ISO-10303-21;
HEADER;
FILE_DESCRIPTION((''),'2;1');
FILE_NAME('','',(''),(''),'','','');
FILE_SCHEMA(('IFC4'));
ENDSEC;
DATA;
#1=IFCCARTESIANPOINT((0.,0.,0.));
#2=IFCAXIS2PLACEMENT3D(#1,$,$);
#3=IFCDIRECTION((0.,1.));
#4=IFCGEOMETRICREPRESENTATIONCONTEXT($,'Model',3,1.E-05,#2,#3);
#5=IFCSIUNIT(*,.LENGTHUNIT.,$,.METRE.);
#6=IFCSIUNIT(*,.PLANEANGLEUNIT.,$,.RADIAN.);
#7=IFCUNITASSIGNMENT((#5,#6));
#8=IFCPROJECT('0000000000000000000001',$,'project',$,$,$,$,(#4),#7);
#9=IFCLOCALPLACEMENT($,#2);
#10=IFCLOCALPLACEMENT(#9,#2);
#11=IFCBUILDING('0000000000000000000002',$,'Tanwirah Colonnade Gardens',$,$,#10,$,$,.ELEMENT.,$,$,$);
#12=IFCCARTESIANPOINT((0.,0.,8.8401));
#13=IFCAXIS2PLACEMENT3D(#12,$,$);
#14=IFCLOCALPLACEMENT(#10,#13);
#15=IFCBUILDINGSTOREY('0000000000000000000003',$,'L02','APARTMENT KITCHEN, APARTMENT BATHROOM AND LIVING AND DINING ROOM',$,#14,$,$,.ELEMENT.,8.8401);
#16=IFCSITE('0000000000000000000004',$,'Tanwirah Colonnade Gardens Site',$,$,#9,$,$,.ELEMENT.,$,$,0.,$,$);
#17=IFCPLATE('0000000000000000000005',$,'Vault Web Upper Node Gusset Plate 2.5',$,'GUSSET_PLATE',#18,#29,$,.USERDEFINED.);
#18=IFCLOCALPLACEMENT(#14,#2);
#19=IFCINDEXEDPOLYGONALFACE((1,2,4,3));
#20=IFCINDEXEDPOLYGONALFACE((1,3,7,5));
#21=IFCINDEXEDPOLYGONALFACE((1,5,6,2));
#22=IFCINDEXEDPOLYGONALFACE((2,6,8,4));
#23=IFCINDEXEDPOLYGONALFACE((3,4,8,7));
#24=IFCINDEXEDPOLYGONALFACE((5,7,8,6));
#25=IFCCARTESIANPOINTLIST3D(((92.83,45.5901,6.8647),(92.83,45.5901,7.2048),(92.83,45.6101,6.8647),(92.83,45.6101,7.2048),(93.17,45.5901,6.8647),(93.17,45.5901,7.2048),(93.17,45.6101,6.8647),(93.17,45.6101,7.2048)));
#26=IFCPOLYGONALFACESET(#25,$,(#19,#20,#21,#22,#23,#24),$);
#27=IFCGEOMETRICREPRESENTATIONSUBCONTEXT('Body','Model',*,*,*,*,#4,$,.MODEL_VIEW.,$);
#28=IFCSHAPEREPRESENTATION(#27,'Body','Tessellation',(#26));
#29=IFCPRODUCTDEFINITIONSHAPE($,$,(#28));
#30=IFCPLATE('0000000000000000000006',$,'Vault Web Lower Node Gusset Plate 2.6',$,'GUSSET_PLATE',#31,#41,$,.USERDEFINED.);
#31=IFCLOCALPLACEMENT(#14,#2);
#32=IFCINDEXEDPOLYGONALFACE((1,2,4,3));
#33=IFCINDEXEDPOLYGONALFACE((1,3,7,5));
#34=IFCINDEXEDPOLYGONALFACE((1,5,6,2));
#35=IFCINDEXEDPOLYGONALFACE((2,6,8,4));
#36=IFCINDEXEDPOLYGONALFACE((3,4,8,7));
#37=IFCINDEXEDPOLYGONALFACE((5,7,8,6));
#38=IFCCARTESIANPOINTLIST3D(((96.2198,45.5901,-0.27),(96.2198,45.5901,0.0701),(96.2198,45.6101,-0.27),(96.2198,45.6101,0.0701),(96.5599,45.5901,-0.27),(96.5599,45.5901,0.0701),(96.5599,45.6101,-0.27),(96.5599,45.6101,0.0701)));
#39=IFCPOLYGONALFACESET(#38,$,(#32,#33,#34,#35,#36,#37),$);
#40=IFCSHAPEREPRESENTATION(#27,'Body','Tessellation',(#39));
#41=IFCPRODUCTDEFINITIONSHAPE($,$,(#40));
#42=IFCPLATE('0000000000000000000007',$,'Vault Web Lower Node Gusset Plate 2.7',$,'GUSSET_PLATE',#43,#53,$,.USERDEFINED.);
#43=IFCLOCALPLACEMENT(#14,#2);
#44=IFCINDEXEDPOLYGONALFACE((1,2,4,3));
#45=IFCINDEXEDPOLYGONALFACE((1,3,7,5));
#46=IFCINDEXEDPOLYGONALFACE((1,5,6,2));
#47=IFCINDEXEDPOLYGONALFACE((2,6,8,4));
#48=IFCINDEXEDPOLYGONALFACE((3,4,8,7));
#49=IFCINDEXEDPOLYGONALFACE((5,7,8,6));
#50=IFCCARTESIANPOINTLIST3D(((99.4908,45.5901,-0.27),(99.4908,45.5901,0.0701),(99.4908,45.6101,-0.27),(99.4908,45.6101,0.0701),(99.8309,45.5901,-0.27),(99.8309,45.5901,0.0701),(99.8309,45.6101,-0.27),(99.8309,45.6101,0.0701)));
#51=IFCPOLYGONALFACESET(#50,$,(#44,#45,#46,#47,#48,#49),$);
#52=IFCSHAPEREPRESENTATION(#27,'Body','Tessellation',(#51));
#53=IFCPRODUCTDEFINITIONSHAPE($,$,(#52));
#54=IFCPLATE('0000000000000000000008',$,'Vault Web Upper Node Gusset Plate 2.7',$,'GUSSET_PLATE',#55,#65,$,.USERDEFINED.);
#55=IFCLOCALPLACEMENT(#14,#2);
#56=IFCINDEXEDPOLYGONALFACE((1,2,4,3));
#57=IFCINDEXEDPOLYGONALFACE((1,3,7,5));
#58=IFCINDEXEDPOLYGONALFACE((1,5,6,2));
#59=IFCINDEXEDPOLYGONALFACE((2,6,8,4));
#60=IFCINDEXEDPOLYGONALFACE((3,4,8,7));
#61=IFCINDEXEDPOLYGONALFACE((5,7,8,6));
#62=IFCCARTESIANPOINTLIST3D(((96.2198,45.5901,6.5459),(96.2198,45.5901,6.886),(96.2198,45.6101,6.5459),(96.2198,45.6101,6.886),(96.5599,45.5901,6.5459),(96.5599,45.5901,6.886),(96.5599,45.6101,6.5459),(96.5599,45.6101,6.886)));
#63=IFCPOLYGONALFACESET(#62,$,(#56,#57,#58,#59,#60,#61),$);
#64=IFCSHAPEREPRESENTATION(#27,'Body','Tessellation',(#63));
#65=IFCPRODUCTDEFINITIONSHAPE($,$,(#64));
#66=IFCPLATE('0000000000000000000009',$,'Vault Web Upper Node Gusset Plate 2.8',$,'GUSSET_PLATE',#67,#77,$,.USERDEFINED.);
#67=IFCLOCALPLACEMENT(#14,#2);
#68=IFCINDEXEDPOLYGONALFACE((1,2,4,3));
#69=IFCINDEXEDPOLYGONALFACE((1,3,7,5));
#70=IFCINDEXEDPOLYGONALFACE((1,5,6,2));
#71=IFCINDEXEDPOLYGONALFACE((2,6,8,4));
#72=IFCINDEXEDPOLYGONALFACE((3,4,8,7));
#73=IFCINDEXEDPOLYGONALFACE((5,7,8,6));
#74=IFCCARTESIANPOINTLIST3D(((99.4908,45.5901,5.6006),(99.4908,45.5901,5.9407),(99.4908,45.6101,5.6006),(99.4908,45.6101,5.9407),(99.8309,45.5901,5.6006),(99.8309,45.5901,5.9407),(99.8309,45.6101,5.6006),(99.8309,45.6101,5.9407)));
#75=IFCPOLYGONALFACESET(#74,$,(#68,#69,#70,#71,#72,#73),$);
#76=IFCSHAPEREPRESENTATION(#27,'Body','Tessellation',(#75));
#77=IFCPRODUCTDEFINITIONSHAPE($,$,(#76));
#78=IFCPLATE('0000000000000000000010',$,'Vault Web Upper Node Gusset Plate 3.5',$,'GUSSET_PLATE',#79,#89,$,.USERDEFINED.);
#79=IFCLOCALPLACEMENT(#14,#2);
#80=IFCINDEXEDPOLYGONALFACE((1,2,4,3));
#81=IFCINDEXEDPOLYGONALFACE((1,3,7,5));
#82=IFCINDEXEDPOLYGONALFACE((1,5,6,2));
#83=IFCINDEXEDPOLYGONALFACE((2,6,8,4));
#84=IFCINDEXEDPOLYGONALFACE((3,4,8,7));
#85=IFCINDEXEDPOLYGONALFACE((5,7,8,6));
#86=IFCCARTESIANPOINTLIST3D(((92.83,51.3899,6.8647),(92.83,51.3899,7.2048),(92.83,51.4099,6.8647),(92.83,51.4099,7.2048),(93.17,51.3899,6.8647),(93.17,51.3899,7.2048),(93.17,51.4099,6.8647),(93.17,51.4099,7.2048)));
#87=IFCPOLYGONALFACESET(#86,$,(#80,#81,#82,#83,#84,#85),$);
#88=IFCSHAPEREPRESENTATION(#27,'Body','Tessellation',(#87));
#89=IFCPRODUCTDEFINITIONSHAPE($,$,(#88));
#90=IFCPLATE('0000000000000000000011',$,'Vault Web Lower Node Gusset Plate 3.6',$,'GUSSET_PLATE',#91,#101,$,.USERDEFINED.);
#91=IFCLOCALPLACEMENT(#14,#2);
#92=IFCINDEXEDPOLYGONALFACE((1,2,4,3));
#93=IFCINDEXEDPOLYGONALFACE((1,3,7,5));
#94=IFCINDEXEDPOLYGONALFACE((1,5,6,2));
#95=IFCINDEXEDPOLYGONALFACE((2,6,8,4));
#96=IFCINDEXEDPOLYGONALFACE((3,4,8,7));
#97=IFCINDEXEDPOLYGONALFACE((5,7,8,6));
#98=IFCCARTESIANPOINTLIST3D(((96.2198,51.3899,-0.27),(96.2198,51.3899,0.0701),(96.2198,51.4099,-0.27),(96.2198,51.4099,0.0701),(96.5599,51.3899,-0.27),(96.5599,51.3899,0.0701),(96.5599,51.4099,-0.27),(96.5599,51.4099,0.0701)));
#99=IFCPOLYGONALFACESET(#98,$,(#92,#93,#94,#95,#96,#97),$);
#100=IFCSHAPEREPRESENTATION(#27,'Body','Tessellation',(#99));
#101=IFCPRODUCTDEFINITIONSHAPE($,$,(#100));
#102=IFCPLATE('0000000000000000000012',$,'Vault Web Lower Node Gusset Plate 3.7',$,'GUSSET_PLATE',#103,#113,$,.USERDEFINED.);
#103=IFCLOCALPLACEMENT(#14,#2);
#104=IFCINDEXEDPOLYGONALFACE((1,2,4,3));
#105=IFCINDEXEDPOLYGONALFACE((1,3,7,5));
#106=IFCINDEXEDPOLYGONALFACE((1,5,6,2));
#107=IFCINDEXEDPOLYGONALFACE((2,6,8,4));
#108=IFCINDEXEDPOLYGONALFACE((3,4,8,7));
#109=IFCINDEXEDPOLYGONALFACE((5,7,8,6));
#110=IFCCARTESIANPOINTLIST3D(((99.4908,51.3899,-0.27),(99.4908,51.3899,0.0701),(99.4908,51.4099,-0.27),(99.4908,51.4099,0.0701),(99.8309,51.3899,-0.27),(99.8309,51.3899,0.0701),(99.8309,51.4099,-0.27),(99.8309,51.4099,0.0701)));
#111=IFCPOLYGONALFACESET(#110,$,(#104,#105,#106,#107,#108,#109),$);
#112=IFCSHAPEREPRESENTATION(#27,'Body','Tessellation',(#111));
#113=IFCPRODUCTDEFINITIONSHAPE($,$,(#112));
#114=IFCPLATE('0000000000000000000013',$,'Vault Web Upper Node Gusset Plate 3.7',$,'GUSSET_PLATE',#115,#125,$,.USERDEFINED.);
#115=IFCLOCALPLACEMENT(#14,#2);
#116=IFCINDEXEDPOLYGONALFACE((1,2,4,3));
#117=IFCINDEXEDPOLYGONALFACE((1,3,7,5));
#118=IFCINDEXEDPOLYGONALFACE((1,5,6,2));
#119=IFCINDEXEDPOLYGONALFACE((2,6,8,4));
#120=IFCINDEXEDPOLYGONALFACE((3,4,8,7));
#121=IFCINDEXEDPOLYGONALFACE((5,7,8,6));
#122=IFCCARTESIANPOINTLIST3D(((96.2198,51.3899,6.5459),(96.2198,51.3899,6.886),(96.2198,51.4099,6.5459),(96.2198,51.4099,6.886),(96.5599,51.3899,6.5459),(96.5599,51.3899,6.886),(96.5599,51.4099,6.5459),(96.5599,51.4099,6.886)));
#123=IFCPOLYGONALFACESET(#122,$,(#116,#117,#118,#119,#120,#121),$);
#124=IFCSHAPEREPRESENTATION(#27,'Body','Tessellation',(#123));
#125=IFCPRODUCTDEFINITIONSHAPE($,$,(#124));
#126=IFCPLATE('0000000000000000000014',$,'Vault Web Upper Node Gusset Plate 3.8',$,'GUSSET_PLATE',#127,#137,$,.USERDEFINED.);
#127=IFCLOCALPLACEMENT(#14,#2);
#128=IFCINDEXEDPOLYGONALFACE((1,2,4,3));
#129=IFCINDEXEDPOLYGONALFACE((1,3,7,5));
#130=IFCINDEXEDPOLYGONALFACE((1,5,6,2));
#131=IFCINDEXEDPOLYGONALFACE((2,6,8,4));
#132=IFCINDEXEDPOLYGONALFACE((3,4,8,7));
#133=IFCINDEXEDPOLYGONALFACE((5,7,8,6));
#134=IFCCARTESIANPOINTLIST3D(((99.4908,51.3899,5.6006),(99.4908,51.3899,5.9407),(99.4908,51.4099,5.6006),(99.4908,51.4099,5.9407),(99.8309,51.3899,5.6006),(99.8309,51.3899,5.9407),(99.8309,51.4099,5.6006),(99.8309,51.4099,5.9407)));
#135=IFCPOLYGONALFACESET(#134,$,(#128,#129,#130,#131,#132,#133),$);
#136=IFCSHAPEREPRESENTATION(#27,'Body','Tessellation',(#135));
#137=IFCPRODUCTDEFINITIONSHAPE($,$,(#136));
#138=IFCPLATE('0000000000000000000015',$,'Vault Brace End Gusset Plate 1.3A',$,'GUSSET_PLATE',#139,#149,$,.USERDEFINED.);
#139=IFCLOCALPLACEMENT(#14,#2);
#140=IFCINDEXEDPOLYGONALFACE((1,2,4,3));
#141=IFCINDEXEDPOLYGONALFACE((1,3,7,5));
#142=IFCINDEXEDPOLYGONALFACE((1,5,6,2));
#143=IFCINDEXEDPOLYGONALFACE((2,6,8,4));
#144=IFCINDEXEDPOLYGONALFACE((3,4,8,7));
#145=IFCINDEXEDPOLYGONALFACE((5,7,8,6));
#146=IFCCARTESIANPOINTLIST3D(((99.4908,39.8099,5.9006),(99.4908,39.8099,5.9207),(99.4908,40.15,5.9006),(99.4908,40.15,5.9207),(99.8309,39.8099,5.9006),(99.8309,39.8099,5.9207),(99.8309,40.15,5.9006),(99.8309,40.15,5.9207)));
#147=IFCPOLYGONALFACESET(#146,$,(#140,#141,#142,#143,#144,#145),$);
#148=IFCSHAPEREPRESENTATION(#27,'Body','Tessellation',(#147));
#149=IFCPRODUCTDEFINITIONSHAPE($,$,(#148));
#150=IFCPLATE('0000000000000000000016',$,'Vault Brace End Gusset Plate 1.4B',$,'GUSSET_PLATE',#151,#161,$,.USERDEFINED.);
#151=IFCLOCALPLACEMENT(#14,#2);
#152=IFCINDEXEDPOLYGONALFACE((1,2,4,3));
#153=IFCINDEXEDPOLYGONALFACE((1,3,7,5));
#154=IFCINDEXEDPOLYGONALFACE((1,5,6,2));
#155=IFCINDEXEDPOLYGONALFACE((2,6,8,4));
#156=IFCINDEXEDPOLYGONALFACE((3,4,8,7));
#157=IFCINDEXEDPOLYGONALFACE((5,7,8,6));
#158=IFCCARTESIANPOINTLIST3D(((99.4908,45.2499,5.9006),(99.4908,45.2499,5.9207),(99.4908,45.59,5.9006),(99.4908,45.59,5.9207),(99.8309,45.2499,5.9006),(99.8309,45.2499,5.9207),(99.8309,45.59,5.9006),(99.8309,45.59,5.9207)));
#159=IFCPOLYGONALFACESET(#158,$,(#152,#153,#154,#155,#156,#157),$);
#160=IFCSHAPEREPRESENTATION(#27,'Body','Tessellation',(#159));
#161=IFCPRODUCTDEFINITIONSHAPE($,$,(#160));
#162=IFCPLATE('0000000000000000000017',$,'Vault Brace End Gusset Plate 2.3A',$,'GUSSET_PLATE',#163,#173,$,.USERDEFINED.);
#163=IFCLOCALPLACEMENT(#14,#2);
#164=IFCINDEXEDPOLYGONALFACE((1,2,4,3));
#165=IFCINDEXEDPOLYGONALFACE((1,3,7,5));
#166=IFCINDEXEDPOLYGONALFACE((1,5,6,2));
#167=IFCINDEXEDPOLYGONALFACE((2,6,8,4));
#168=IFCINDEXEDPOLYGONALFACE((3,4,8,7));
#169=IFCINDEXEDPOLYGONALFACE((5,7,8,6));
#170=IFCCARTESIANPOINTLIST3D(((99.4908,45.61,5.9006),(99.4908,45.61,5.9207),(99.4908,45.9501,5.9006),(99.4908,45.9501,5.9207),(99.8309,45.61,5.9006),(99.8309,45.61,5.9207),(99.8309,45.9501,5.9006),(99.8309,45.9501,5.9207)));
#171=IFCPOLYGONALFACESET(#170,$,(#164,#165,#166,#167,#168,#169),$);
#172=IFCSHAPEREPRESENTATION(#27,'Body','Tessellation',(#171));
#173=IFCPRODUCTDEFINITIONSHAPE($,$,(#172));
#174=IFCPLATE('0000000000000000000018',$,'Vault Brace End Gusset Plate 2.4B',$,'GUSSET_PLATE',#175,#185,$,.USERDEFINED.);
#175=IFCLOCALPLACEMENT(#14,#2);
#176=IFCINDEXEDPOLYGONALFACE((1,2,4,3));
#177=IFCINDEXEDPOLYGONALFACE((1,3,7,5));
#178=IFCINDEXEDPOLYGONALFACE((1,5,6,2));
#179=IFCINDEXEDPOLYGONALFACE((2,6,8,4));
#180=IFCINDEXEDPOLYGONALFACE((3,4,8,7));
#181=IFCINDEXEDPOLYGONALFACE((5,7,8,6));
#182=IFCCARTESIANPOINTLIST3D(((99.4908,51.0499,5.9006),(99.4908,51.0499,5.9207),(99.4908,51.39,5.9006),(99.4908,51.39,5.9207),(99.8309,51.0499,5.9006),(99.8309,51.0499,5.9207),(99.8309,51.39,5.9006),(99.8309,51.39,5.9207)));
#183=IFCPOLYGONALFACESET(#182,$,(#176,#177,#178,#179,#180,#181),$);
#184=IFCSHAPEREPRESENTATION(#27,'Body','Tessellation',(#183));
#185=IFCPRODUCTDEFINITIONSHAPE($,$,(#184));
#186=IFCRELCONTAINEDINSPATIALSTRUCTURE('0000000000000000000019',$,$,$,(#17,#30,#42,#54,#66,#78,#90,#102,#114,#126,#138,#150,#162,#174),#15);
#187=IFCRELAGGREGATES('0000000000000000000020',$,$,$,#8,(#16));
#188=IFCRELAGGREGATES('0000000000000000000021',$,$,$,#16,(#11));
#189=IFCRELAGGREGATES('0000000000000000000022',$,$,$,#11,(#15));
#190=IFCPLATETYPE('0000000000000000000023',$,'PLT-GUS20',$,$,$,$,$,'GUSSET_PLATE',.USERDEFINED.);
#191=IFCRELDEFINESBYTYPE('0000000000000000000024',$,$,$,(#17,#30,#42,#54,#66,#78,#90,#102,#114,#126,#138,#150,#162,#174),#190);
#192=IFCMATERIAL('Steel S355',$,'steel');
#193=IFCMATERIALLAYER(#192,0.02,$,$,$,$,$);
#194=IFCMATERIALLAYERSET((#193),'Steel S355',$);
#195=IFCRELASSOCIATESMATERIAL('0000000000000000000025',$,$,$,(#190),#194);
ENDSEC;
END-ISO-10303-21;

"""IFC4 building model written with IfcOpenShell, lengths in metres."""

from ifc_helpers import new_model, si_unit, direction, frame, origin, origin_2d, place, context, subcontext, project, spatial, rectangle, extrude, material, layer, layer_set, type_object, element, save


model = new_model("IFC4")

# Units and contexts
model_context = context("Model", 3, precision=1e-05, world=origin(), true_north=direction((0.0, 1.0)))
body_context = subcontext(model_context, "Body", "Model", "MODEL_VIEW")
ifc_project = project(units=[si_unit("LENGTHUNIT", "METRE"), si_unit("PLANEANGLEUNIT", "RADIAN")], contexts=[model_context])

# Site, building, storey
site_placement = place(None, origin())
site = spatial("IfcSite", under=ifc_project, at=site_placement, Name="Tanwirah Colonnade Gardens Site", CompositionType="ELEMENT", RefElevation=0.0)
building_placement = place(site_placement, origin())
building = spatial("IfcBuilding", under=site, at=building_placement, Name="Tanwirah Colonnade Gardens", CompositionType="ELEMENT")
storey_placement = place(building_placement, frame((0.0, 0.0, 8.8401)))
storey = spatial("IfcBuildingStorey", under=building, at=storey_placement, Name="L02", Description="APARTMENT KITCHEN, APARTMENT BATHROOM AND LIVING AND DINING ROOM", CompositionType="ELEMENT", Elevation=8.8401)

# Shared definitions
ifc_material_1 = material(Name="Steel S355", Category="steel")

# Plates
ifc_layer = layer(ifc_material_1, 0.02)
ifc_layer_set = layer_set([ifc_layer], Name="Steel S355")
plate_type = type_object("IfcPlateType", Name="PLT-GUS20", ElementType="GUSSET_PLATE", PredefinedType="USERDEFINED", material=ifc_layer_set)
for number, where, z_axis, x_axis, name in (
    (1, (93.0, 45.6001, 6.8647), (0.0, 0.0, 1.0), (1.0, 0.0, 0.0), "Vault Web Upper Node Gusset Plate 2.5"),
    (2, (96.3899, 45.6001, -0.27), (0.0, 0.0, 1.0), (1.0, 0.0, 0.0), "Vault Web Lower Node Gusset Plate 2.6"),
    (3, (99.6609, 45.6001, -0.27), (0.0, 0.0, 1.0), (1.0, 0.0, 0.0), "Vault Web Lower Node Gusset Plate 2.7"),
    (4, (96.3899, 45.6001, 6.5459), (0.0, 0.0, 1.0), (1.0, 0.0, 0.0), "Vault Web Upper Node Gusset Plate 2.7"),
    (5, (99.6609, 45.6001, 5.6006), (0.0, 0.0, 1.0), (1.0, 0.0, 0.0), "Vault Web Upper Node Gusset Plate 2.8"),
    (6, (93.0, 51.3999, 6.8647), (0.0, 0.0, 1.0), (1.0, 0.0, 0.0), "Vault Web Upper Node Gusset Plate 3.5"),
    (7, (96.3899, 51.3999, -0.27), (0.0, 0.0, 1.0), (1.0, 0.0, 0.0), "Vault Web Lower Node Gusset Plate 3.6"),
    (8, (99.6609, 51.3999, -0.27), (0.0, 0.0, 1.0), (1.0, 0.0, 0.0), "Vault Web Lower Node Gusset Plate 3.7"),
    (9, (96.3899, 51.3999, 6.5459), (0.0, 0.0, 1.0), (1.0, 0.0, 0.0), "Vault Web Upper Node Gusset Plate 3.7"),
    (10, (99.6609, 51.3999, 5.6006), (0.0, 0.0, 1.0), (1.0, 0.0, 0.0), "Vault Web Upper Node Gusset Plate 3.8"),
):
    element("IfcPlate", number, at=place(storey_placement, frame(where, z_axis=z_axis, x_axis=x_axis)), inside=storey, type_object=plate_type, Name=name, ObjectType="GUSSET_PLATE", PredefinedType="USERDEFINED", context=body_context, shape_type="SweptSolid", body=[
        extrude(rectangle(XDim=0.3401, YDim=0.02, at=origin_2d()), origin(), (0.0, 0.0, 1.0), 0.3401),
    ])
for number, where, z_axis, x_axis, name in (
    (11, (99.6609, 39.98, 5.9006), (0.0, 0.0, 1.0), (1.0, 0.0, 0.0), "Vault Brace End Gusset Plate 1.3A"),
    (12, (99.6609, 45.4199, 5.9006), (0.0, 0.0, 1.0), (1.0, 0.0, 0.0), "Vault Brace End Gusset Plate 1.4B"),
    (13, (99.6609, 45.78, 5.9006), (0.0, 0.0, 1.0), (1.0, 0.0, 0.0), "Vault Brace End Gusset Plate 2.3A"),
    (14, (99.6609, 51.22, 5.9006), (0.0, 0.0, 1.0), (1.0, 0.0, 0.0), "Vault Brace End Gusset Plate 2.4B"),
):
    element("IfcPlate", number, at=place(storey_placement, frame(where, z_axis=z_axis, x_axis=x_axis)), inside=storey, type_object=plate_type, Name=name, ObjectType="GUSSET_PLATE", PredefinedType="USERDEFINED", context=body_context, shape_type="SweptSolid", body=[
        extrude(rectangle(XDim=0.3401, YDim=0.3401, at=origin_2d()), origin(), (0.0, 0.0, 1.0), 0.02),
    ])

save(model, "model.ifc")
